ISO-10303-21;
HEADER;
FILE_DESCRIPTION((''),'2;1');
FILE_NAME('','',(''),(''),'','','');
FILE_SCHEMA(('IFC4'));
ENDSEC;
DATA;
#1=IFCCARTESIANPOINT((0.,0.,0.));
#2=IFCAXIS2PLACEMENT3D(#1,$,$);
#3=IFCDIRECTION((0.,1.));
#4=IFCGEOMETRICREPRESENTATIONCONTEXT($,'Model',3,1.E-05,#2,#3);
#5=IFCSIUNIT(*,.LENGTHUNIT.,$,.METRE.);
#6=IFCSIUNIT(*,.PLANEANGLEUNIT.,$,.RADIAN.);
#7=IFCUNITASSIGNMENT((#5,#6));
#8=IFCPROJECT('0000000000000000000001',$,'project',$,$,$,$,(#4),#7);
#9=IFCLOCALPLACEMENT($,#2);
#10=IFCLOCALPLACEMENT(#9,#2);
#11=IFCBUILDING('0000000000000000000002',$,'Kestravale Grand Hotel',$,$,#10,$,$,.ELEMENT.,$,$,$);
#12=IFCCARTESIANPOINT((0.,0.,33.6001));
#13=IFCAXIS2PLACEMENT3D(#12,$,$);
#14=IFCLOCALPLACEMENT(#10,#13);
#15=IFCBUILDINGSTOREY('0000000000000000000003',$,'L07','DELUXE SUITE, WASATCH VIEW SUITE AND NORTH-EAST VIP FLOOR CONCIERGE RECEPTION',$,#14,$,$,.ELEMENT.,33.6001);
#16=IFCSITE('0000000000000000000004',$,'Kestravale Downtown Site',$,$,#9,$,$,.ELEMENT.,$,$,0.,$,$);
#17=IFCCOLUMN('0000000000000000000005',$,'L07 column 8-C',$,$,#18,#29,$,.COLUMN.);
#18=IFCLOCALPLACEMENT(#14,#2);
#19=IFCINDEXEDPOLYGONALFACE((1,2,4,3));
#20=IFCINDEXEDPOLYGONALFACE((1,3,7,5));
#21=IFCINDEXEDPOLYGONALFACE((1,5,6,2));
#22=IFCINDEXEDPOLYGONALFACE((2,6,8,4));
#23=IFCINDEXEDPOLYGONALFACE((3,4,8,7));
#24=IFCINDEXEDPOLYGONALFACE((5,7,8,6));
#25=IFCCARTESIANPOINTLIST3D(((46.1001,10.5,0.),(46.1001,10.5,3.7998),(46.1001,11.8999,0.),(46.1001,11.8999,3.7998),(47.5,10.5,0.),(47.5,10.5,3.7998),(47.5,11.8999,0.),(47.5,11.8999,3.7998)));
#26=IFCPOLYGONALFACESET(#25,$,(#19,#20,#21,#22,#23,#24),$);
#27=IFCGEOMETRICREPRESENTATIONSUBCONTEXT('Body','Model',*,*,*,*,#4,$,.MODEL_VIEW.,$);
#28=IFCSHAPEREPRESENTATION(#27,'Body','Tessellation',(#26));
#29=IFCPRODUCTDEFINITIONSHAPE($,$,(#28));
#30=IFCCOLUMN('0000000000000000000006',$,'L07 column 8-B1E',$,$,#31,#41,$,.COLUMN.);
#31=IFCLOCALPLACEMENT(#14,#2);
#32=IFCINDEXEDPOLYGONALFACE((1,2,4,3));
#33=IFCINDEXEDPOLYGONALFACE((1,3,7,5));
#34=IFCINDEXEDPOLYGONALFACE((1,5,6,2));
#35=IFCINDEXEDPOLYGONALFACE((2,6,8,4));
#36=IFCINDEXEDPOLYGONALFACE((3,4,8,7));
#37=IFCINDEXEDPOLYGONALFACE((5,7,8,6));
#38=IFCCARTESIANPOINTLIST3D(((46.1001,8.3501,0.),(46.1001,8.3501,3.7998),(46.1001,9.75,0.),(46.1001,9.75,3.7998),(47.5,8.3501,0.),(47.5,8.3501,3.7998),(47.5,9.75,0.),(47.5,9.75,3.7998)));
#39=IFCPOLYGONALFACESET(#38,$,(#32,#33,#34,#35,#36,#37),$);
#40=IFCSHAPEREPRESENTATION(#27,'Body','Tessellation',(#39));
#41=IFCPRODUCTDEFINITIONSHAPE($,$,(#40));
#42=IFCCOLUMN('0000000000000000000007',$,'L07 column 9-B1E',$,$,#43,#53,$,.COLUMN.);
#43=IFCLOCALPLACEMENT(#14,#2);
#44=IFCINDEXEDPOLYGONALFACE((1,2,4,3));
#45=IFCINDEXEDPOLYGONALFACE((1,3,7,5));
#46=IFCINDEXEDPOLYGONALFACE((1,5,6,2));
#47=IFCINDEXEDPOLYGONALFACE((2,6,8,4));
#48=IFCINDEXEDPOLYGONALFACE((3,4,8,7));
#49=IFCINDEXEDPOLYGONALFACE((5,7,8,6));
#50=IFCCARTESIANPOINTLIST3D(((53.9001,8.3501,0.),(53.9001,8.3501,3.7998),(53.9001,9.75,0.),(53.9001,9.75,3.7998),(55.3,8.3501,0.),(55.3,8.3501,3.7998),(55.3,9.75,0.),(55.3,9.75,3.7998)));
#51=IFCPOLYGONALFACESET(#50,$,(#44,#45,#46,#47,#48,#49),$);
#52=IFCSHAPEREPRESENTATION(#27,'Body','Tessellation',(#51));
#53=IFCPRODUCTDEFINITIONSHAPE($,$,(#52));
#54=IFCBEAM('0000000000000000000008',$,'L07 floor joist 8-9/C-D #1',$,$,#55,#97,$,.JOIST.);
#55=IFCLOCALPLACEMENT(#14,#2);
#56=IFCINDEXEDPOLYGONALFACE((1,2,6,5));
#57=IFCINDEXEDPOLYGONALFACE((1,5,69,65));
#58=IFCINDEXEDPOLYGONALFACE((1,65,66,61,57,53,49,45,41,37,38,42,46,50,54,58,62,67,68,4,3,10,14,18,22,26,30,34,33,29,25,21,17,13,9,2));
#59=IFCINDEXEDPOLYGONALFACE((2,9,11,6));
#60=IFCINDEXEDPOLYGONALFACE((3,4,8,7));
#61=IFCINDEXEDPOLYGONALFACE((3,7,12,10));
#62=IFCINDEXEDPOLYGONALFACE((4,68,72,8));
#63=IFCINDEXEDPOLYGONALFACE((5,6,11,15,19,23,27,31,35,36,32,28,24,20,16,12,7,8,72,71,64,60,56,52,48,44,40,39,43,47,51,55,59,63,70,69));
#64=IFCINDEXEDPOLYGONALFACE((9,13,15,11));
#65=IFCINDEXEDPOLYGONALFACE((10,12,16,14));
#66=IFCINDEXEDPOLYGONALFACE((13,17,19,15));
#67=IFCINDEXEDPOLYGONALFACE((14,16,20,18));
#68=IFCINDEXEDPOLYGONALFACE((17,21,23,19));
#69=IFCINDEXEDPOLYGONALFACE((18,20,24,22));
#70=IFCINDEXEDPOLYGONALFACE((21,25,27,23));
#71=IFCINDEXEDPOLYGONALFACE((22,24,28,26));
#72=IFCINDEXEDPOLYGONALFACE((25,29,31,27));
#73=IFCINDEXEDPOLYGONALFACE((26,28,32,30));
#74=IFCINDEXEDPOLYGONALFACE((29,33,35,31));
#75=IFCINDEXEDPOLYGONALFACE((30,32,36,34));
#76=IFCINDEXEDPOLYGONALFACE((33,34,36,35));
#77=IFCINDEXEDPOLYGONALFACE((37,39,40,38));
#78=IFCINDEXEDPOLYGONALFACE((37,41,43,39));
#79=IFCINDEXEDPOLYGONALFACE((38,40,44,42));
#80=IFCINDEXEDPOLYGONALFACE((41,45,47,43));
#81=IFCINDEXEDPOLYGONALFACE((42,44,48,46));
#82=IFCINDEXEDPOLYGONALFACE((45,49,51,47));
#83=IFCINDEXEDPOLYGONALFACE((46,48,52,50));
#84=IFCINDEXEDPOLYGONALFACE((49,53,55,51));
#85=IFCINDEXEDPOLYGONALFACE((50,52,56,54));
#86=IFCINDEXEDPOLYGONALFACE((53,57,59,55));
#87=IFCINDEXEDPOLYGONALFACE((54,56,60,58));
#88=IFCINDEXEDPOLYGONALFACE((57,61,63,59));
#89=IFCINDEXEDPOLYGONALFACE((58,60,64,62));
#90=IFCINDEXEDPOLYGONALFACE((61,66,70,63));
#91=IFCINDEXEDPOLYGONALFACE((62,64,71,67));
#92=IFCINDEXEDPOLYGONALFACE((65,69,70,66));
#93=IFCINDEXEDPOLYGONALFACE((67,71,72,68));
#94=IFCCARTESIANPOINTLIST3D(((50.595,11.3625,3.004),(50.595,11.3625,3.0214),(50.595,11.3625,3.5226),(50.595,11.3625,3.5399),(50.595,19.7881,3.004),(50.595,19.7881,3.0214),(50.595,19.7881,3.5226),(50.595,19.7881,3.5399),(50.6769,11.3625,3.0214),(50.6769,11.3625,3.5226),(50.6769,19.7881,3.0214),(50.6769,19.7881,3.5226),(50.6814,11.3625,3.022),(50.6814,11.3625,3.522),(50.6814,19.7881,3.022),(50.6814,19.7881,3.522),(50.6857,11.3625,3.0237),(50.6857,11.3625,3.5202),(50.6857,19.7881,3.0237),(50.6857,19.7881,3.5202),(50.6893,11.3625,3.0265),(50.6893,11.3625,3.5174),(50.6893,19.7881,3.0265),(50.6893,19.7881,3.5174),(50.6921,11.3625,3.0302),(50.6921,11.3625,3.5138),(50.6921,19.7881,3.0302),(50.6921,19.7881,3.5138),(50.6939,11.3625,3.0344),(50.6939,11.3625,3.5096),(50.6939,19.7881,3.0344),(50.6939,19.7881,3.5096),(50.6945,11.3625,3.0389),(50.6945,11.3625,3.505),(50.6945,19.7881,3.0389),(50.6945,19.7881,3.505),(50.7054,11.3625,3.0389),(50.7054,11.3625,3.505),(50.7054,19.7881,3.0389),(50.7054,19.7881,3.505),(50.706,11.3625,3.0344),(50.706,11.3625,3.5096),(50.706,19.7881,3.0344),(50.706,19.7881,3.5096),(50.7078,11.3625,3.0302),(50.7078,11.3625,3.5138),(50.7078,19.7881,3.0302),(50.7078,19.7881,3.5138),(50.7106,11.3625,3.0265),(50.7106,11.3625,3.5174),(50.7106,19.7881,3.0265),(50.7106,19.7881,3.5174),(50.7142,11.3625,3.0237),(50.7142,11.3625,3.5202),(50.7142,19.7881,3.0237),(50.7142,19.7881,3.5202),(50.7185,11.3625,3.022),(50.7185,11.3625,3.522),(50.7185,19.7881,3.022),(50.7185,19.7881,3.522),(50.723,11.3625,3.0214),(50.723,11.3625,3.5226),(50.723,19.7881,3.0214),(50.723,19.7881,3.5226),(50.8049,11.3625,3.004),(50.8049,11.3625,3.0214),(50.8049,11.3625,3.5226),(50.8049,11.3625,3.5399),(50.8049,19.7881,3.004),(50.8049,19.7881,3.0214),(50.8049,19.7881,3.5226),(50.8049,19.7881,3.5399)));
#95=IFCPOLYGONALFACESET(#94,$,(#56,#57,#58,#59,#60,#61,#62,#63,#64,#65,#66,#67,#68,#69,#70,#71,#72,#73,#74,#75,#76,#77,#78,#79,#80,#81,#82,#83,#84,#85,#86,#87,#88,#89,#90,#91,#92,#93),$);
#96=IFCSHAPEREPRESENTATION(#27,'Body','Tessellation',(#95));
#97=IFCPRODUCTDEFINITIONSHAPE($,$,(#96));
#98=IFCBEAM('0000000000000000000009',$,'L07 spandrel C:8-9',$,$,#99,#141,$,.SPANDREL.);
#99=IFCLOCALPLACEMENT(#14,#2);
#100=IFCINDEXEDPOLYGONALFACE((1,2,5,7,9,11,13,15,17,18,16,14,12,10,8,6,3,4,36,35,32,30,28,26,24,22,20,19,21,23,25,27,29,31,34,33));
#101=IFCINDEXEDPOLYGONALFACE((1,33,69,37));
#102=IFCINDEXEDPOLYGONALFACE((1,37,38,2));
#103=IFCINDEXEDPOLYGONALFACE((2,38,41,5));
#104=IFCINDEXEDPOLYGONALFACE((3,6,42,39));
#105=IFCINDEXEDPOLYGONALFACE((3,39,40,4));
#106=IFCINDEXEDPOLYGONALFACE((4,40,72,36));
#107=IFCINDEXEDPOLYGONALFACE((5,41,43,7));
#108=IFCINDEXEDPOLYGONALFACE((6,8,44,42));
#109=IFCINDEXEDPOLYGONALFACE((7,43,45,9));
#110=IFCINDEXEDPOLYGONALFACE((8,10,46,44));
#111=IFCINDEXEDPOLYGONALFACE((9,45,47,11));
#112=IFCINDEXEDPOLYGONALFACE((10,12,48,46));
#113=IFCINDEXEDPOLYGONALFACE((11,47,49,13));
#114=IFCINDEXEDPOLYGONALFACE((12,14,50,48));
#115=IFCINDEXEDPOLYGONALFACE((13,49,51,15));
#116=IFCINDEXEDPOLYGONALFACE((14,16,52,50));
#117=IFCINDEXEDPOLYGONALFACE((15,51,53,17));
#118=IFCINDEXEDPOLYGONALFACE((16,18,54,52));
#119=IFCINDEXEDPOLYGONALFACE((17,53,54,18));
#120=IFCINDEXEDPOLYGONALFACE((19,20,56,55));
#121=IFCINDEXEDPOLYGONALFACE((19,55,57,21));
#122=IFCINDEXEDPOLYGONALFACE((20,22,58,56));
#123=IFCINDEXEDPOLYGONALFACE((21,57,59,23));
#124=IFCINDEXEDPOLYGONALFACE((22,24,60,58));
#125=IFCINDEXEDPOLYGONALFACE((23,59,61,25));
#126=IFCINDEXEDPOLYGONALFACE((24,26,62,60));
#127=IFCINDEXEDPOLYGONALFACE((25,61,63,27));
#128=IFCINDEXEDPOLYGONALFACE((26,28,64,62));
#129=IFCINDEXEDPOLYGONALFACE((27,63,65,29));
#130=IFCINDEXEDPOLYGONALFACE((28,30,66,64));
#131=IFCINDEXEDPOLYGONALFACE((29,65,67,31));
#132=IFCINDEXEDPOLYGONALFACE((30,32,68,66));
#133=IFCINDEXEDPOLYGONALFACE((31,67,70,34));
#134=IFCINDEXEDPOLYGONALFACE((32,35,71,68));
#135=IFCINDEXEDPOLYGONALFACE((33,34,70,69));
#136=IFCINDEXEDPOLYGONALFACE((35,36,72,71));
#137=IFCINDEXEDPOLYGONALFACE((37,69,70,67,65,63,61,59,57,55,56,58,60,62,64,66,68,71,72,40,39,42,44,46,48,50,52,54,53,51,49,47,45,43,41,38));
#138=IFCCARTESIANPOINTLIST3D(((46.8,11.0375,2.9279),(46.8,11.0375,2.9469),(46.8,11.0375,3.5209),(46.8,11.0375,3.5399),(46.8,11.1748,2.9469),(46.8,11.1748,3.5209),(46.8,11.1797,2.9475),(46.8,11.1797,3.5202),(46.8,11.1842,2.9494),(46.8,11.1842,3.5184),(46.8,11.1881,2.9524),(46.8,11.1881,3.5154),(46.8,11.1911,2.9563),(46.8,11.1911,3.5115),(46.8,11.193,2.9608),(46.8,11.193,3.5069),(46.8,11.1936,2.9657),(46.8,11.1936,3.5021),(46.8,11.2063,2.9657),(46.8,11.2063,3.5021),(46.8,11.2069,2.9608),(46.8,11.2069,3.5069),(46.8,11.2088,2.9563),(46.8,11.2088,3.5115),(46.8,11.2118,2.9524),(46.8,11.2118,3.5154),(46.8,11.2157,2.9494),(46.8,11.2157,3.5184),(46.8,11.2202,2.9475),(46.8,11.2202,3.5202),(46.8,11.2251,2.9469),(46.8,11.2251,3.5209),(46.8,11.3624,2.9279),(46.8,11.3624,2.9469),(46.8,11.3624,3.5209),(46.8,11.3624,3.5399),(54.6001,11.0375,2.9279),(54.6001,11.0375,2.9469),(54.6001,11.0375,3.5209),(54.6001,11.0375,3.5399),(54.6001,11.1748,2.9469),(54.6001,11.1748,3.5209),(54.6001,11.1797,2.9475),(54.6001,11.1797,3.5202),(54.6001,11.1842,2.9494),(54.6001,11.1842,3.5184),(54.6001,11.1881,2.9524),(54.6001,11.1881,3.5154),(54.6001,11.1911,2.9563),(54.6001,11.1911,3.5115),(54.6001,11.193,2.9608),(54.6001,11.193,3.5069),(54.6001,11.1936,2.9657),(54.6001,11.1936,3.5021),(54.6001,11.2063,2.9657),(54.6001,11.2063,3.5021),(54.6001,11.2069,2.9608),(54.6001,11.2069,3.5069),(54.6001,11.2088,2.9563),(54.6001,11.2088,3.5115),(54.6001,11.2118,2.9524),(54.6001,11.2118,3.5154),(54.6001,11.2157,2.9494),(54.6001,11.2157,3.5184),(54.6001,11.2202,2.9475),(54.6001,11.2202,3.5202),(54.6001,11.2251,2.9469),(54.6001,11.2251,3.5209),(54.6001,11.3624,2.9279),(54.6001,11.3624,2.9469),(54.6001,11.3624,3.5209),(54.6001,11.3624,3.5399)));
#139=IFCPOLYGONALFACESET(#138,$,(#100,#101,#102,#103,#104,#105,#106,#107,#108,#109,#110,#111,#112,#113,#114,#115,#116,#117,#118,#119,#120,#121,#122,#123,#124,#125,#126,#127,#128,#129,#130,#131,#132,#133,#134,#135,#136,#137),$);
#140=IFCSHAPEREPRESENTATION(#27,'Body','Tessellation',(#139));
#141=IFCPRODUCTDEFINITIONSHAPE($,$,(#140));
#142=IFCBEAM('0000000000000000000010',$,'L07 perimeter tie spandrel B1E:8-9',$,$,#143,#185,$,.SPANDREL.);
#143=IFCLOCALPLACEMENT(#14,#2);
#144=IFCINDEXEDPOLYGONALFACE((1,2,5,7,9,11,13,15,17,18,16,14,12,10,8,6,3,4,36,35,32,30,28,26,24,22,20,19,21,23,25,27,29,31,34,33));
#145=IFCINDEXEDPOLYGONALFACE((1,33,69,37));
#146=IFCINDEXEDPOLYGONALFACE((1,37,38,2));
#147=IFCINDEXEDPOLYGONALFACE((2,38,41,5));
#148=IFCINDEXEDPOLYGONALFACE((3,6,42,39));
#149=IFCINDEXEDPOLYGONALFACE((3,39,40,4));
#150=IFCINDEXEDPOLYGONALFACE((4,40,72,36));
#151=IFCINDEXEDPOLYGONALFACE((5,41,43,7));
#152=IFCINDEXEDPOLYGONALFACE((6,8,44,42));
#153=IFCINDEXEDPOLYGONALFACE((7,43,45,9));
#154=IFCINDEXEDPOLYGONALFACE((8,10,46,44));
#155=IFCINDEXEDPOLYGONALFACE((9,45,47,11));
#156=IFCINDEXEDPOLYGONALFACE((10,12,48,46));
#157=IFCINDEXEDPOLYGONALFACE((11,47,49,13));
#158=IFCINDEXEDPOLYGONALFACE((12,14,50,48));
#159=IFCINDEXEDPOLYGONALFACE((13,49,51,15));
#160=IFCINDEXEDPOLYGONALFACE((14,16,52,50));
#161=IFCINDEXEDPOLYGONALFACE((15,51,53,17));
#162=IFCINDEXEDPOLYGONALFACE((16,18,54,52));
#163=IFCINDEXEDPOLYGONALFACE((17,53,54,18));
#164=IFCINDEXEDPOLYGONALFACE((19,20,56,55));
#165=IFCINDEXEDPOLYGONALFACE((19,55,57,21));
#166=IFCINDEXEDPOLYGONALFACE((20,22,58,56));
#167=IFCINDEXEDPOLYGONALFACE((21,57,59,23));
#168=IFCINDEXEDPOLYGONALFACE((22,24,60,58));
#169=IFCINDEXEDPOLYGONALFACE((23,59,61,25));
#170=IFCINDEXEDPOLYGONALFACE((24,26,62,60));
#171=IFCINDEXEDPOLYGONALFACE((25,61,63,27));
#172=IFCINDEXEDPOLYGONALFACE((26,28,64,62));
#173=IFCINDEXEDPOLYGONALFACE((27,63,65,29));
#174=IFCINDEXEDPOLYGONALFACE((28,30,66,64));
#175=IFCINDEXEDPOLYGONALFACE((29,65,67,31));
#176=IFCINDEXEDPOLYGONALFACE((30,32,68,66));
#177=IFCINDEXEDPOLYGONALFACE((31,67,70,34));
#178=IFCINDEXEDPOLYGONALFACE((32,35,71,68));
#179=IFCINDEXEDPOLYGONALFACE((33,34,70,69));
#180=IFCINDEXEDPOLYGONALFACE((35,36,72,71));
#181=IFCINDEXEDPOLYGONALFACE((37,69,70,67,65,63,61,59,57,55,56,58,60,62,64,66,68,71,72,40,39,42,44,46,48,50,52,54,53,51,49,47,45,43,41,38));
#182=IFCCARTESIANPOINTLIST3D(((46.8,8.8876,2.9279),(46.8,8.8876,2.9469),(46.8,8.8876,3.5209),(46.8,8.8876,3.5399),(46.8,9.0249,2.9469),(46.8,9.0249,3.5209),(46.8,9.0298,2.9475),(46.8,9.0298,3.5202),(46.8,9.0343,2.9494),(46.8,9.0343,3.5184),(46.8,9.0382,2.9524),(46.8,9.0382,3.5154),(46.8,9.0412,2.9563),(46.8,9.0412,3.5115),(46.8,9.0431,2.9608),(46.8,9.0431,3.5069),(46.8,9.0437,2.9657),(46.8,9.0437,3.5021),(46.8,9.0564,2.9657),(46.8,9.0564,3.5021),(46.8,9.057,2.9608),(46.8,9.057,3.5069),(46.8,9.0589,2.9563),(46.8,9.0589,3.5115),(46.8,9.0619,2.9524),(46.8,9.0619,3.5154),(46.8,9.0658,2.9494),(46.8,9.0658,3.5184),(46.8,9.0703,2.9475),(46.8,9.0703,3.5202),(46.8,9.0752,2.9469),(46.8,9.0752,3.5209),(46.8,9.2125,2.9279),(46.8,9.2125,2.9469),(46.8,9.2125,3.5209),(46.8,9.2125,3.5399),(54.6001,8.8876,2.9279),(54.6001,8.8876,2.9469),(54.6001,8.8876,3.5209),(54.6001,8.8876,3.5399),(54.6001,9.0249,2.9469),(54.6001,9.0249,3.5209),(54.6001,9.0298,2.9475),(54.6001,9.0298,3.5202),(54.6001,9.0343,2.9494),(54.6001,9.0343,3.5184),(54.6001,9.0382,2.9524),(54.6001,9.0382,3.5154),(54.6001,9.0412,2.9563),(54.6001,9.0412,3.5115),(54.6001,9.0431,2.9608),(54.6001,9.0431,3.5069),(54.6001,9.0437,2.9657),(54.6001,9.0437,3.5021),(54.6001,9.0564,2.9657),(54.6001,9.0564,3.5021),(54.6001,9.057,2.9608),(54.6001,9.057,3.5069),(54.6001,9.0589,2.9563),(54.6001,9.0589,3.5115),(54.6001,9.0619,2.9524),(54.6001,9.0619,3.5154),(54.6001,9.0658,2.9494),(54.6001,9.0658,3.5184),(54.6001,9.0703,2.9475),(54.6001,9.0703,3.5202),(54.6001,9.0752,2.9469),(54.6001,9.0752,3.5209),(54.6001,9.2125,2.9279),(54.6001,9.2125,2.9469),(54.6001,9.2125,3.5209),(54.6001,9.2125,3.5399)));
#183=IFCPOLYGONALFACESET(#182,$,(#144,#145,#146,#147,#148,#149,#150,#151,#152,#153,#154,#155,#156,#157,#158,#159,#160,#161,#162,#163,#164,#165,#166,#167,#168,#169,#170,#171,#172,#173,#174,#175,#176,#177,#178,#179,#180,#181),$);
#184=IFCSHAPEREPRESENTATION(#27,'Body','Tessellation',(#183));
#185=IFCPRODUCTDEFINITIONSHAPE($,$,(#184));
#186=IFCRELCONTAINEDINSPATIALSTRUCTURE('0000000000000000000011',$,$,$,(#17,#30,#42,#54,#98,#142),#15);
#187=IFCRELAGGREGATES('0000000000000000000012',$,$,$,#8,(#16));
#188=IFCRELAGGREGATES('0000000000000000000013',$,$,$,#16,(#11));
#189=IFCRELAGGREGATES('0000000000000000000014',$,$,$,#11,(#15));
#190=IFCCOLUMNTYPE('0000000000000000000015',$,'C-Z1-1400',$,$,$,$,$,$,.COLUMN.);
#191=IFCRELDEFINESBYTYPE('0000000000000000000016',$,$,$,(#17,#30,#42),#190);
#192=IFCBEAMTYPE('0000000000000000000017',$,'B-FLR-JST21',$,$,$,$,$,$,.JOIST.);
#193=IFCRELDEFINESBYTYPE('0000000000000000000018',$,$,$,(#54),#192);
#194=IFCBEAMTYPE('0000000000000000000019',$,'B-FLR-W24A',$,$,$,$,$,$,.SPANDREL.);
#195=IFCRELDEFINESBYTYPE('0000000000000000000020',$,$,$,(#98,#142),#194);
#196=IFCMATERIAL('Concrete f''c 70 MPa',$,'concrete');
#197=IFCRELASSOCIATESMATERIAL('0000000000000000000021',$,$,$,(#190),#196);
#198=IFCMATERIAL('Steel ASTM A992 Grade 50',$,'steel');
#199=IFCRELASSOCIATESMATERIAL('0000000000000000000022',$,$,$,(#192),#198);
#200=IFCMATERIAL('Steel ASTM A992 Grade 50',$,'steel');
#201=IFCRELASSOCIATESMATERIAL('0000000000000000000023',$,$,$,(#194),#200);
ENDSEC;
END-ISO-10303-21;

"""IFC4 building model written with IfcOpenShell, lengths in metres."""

from ifc_helpers import new_model, si_unit, direction, frame, origin, origin_2d, place, context, subcontext, project, spatial, rectangle, i_section, extrude, material, material_profile, profile_set, type_object, element, save


model = new_model("IFC4")

# Units and contexts
model_context = context("Model", 3, precision=1e-05, world=origin(), true_north=direction((0.0, 1.0)))
body_context = subcontext(model_context, "Body", "Model", "MODEL_VIEW")
ifc_project = project(units=[si_unit("LENGTHUNIT", "METRE"), si_unit("PLANEANGLEUNIT", "RADIAN")], contexts=[model_context])

# Site, building, storey
site_placement = place(None, origin())
site = spatial("IfcSite", under=ifc_project, at=site_placement, Name="Kestravale Downtown Site", CompositionType="ELEMENT", RefElevation=0.0)
building_placement = place(site_placement, origin())
building = spatial("IfcBuilding", under=site, at=building_placement, Name="Kestravale Grand Hotel", CompositionType="ELEMENT")
storey_placement = place(building_placement, frame((0.0, 0.0, 33.6001)))
storey = spatial("IfcBuildingStorey", under=building, at=storey_placement, Name="L07", Description="DELUXE SUITE, WASATCH VIEW SUITE AND NORTH-EAST VIP FLOOR CONCIERGE RECEPTION", CompositionType="ELEMENT", Elevation=33.6001)

# Columns
ifc_material_1 = material(Name="Concrete f'c 70 MPa", Category="concrete")
ifc_material_profile_1 = material_profile(ifc_material_1, rectangle(XDim=1.3999, YDim=1.3999, at=origin_2d()))
ifc_profile_set_1 = profile_set([ifc_material_profile_1], Name="Concrete f'c 70 MPa")
column_type = type_object("IfcColumnType", Name="C-Z1-1400", PredefinedType="COLUMN", material=ifc_profile_set_1)
for number, where, z_axis, x_axis, name in (
    (1, (46.8, 11.2, 0.0), (0.0, 0.0, 1.0), (1.0, 0.0, 0.0), "L07 column 8-C"),
    (2, (46.8, 9.05, 0.0), (0.0, 0.0, 1.0), (1.0, 0.0, 0.0), "L07 column 8-B1E"),
    (3, (54.6001, 9.05, 0.0), (0.0, 0.0, 1.0), (1.0, 0.0, 0.0), "L07 column 9-B1E"),
):
    element("IfcColumn", number, at=place(storey_placement, frame(where, z_axis=z_axis, x_axis=x_axis)), inside=storey, type_object=column_type, Name=name, PredefinedType="COLUMN", context=body_context, shape_type="SweptSolid", body=[
        extrude(rectangle(XDim=1.3999, YDim=1.3999, at=origin_2d()), origin(), (0.0, 0.0, 1.0), 3.7998),
    ])

# Beams
ifc_material_2 = material(Name="Steel ASTM A992 Grade 50", Category="steel")
ifc_material_profile_2 = material_profile(ifc_material_2, i_section(OverallWidth=0.21, OverallDepth=0.5359, WebThickness=0.011, FlangeThickness=0.0173, FilletRadius=0.0176, at=origin_2d()))
ifc_profile_set_2 = profile_set([ifc_material_profile_2], Name="Steel ASTM A992 Grade 50")
beam_type_1 = type_object("IfcBeamType", Name="B-FLR-JST21", PredefinedType="JOIST", material=ifc_profile_set_2)
beam_1_placement = place(storey_placement, frame((50.7, 11.3625, 3.272), z_axis=(0.0, 1.0, 0.0), x_axis=(-1.0, 0.0, 0.0)))
element("IfcBeam", 4, at=beam_1_placement, inside=storey, type_object=beam_type_1, Name="L07 floor joist 8-9/C-D #1", PredefinedType="JOIST", context=body_context, shape_type="SweptSolid", body=[
    extrude(i_section(OverallWidth=0.21, OverallDepth=0.5359, WebThickness=0.011, FlangeThickness=0.0173, FilletRadius=0.0176, at=origin_2d()), origin(), (0.0, 0.0, 1.0), 8.4255),
])
ifc_material_3 = material(Name="Steel ASTM A992 Grade 50", Category="steel")
ifc_material_profile_3 = material_profile(ifc_material_3, i_section(OverallWidth=0.325, OverallDepth=0.6121, WebThickness=0.0127, FlangeThickness=0.019, FilletRadius=0.0188, at=origin_2d()))
ifc_profile_set_3 = profile_set([ifc_material_profile_3], Name="Steel ASTM A992 Grade 50")
beam_type_2 = type_object("IfcBeamType", Name="B-FLR-W24A", PredefinedType="SPANDREL", material=ifc_profile_set_3)
for number, where, z_axis, x_axis, name in (
    (5, (46.8, 11.2, 3.2339), (1.0, 0.0, 0.0), (0.0, 1.0, 0.0), "L07 spandrel C:8-9"),
    (6, (46.8, 9.05, 3.2339), (1.0, 0.0, 0.0), (0.0, 1.0, 0.0), "L07 perimeter tie spandrel B1E:8-9"),
):
    element("IfcBeam", number, at=place(storey_placement, frame(where, z_axis=z_axis, x_axis=x_axis)), inside=storey, type_object=beam_type_2, Name=name, PredefinedType="SPANDREL", context=body_context, shape_type="SweptSolid", body=[
        extrude(i_section(OverallWidth=0.325, OverallDepth=0.6121, WebThickness=0.0127, FlangeThickness=0.019, FilletRadius=0.0188, at=origin_2d()), origin(), (0.0, 0.0, 1.0), 7.8),
    ])

save(model, "model.ifc")
